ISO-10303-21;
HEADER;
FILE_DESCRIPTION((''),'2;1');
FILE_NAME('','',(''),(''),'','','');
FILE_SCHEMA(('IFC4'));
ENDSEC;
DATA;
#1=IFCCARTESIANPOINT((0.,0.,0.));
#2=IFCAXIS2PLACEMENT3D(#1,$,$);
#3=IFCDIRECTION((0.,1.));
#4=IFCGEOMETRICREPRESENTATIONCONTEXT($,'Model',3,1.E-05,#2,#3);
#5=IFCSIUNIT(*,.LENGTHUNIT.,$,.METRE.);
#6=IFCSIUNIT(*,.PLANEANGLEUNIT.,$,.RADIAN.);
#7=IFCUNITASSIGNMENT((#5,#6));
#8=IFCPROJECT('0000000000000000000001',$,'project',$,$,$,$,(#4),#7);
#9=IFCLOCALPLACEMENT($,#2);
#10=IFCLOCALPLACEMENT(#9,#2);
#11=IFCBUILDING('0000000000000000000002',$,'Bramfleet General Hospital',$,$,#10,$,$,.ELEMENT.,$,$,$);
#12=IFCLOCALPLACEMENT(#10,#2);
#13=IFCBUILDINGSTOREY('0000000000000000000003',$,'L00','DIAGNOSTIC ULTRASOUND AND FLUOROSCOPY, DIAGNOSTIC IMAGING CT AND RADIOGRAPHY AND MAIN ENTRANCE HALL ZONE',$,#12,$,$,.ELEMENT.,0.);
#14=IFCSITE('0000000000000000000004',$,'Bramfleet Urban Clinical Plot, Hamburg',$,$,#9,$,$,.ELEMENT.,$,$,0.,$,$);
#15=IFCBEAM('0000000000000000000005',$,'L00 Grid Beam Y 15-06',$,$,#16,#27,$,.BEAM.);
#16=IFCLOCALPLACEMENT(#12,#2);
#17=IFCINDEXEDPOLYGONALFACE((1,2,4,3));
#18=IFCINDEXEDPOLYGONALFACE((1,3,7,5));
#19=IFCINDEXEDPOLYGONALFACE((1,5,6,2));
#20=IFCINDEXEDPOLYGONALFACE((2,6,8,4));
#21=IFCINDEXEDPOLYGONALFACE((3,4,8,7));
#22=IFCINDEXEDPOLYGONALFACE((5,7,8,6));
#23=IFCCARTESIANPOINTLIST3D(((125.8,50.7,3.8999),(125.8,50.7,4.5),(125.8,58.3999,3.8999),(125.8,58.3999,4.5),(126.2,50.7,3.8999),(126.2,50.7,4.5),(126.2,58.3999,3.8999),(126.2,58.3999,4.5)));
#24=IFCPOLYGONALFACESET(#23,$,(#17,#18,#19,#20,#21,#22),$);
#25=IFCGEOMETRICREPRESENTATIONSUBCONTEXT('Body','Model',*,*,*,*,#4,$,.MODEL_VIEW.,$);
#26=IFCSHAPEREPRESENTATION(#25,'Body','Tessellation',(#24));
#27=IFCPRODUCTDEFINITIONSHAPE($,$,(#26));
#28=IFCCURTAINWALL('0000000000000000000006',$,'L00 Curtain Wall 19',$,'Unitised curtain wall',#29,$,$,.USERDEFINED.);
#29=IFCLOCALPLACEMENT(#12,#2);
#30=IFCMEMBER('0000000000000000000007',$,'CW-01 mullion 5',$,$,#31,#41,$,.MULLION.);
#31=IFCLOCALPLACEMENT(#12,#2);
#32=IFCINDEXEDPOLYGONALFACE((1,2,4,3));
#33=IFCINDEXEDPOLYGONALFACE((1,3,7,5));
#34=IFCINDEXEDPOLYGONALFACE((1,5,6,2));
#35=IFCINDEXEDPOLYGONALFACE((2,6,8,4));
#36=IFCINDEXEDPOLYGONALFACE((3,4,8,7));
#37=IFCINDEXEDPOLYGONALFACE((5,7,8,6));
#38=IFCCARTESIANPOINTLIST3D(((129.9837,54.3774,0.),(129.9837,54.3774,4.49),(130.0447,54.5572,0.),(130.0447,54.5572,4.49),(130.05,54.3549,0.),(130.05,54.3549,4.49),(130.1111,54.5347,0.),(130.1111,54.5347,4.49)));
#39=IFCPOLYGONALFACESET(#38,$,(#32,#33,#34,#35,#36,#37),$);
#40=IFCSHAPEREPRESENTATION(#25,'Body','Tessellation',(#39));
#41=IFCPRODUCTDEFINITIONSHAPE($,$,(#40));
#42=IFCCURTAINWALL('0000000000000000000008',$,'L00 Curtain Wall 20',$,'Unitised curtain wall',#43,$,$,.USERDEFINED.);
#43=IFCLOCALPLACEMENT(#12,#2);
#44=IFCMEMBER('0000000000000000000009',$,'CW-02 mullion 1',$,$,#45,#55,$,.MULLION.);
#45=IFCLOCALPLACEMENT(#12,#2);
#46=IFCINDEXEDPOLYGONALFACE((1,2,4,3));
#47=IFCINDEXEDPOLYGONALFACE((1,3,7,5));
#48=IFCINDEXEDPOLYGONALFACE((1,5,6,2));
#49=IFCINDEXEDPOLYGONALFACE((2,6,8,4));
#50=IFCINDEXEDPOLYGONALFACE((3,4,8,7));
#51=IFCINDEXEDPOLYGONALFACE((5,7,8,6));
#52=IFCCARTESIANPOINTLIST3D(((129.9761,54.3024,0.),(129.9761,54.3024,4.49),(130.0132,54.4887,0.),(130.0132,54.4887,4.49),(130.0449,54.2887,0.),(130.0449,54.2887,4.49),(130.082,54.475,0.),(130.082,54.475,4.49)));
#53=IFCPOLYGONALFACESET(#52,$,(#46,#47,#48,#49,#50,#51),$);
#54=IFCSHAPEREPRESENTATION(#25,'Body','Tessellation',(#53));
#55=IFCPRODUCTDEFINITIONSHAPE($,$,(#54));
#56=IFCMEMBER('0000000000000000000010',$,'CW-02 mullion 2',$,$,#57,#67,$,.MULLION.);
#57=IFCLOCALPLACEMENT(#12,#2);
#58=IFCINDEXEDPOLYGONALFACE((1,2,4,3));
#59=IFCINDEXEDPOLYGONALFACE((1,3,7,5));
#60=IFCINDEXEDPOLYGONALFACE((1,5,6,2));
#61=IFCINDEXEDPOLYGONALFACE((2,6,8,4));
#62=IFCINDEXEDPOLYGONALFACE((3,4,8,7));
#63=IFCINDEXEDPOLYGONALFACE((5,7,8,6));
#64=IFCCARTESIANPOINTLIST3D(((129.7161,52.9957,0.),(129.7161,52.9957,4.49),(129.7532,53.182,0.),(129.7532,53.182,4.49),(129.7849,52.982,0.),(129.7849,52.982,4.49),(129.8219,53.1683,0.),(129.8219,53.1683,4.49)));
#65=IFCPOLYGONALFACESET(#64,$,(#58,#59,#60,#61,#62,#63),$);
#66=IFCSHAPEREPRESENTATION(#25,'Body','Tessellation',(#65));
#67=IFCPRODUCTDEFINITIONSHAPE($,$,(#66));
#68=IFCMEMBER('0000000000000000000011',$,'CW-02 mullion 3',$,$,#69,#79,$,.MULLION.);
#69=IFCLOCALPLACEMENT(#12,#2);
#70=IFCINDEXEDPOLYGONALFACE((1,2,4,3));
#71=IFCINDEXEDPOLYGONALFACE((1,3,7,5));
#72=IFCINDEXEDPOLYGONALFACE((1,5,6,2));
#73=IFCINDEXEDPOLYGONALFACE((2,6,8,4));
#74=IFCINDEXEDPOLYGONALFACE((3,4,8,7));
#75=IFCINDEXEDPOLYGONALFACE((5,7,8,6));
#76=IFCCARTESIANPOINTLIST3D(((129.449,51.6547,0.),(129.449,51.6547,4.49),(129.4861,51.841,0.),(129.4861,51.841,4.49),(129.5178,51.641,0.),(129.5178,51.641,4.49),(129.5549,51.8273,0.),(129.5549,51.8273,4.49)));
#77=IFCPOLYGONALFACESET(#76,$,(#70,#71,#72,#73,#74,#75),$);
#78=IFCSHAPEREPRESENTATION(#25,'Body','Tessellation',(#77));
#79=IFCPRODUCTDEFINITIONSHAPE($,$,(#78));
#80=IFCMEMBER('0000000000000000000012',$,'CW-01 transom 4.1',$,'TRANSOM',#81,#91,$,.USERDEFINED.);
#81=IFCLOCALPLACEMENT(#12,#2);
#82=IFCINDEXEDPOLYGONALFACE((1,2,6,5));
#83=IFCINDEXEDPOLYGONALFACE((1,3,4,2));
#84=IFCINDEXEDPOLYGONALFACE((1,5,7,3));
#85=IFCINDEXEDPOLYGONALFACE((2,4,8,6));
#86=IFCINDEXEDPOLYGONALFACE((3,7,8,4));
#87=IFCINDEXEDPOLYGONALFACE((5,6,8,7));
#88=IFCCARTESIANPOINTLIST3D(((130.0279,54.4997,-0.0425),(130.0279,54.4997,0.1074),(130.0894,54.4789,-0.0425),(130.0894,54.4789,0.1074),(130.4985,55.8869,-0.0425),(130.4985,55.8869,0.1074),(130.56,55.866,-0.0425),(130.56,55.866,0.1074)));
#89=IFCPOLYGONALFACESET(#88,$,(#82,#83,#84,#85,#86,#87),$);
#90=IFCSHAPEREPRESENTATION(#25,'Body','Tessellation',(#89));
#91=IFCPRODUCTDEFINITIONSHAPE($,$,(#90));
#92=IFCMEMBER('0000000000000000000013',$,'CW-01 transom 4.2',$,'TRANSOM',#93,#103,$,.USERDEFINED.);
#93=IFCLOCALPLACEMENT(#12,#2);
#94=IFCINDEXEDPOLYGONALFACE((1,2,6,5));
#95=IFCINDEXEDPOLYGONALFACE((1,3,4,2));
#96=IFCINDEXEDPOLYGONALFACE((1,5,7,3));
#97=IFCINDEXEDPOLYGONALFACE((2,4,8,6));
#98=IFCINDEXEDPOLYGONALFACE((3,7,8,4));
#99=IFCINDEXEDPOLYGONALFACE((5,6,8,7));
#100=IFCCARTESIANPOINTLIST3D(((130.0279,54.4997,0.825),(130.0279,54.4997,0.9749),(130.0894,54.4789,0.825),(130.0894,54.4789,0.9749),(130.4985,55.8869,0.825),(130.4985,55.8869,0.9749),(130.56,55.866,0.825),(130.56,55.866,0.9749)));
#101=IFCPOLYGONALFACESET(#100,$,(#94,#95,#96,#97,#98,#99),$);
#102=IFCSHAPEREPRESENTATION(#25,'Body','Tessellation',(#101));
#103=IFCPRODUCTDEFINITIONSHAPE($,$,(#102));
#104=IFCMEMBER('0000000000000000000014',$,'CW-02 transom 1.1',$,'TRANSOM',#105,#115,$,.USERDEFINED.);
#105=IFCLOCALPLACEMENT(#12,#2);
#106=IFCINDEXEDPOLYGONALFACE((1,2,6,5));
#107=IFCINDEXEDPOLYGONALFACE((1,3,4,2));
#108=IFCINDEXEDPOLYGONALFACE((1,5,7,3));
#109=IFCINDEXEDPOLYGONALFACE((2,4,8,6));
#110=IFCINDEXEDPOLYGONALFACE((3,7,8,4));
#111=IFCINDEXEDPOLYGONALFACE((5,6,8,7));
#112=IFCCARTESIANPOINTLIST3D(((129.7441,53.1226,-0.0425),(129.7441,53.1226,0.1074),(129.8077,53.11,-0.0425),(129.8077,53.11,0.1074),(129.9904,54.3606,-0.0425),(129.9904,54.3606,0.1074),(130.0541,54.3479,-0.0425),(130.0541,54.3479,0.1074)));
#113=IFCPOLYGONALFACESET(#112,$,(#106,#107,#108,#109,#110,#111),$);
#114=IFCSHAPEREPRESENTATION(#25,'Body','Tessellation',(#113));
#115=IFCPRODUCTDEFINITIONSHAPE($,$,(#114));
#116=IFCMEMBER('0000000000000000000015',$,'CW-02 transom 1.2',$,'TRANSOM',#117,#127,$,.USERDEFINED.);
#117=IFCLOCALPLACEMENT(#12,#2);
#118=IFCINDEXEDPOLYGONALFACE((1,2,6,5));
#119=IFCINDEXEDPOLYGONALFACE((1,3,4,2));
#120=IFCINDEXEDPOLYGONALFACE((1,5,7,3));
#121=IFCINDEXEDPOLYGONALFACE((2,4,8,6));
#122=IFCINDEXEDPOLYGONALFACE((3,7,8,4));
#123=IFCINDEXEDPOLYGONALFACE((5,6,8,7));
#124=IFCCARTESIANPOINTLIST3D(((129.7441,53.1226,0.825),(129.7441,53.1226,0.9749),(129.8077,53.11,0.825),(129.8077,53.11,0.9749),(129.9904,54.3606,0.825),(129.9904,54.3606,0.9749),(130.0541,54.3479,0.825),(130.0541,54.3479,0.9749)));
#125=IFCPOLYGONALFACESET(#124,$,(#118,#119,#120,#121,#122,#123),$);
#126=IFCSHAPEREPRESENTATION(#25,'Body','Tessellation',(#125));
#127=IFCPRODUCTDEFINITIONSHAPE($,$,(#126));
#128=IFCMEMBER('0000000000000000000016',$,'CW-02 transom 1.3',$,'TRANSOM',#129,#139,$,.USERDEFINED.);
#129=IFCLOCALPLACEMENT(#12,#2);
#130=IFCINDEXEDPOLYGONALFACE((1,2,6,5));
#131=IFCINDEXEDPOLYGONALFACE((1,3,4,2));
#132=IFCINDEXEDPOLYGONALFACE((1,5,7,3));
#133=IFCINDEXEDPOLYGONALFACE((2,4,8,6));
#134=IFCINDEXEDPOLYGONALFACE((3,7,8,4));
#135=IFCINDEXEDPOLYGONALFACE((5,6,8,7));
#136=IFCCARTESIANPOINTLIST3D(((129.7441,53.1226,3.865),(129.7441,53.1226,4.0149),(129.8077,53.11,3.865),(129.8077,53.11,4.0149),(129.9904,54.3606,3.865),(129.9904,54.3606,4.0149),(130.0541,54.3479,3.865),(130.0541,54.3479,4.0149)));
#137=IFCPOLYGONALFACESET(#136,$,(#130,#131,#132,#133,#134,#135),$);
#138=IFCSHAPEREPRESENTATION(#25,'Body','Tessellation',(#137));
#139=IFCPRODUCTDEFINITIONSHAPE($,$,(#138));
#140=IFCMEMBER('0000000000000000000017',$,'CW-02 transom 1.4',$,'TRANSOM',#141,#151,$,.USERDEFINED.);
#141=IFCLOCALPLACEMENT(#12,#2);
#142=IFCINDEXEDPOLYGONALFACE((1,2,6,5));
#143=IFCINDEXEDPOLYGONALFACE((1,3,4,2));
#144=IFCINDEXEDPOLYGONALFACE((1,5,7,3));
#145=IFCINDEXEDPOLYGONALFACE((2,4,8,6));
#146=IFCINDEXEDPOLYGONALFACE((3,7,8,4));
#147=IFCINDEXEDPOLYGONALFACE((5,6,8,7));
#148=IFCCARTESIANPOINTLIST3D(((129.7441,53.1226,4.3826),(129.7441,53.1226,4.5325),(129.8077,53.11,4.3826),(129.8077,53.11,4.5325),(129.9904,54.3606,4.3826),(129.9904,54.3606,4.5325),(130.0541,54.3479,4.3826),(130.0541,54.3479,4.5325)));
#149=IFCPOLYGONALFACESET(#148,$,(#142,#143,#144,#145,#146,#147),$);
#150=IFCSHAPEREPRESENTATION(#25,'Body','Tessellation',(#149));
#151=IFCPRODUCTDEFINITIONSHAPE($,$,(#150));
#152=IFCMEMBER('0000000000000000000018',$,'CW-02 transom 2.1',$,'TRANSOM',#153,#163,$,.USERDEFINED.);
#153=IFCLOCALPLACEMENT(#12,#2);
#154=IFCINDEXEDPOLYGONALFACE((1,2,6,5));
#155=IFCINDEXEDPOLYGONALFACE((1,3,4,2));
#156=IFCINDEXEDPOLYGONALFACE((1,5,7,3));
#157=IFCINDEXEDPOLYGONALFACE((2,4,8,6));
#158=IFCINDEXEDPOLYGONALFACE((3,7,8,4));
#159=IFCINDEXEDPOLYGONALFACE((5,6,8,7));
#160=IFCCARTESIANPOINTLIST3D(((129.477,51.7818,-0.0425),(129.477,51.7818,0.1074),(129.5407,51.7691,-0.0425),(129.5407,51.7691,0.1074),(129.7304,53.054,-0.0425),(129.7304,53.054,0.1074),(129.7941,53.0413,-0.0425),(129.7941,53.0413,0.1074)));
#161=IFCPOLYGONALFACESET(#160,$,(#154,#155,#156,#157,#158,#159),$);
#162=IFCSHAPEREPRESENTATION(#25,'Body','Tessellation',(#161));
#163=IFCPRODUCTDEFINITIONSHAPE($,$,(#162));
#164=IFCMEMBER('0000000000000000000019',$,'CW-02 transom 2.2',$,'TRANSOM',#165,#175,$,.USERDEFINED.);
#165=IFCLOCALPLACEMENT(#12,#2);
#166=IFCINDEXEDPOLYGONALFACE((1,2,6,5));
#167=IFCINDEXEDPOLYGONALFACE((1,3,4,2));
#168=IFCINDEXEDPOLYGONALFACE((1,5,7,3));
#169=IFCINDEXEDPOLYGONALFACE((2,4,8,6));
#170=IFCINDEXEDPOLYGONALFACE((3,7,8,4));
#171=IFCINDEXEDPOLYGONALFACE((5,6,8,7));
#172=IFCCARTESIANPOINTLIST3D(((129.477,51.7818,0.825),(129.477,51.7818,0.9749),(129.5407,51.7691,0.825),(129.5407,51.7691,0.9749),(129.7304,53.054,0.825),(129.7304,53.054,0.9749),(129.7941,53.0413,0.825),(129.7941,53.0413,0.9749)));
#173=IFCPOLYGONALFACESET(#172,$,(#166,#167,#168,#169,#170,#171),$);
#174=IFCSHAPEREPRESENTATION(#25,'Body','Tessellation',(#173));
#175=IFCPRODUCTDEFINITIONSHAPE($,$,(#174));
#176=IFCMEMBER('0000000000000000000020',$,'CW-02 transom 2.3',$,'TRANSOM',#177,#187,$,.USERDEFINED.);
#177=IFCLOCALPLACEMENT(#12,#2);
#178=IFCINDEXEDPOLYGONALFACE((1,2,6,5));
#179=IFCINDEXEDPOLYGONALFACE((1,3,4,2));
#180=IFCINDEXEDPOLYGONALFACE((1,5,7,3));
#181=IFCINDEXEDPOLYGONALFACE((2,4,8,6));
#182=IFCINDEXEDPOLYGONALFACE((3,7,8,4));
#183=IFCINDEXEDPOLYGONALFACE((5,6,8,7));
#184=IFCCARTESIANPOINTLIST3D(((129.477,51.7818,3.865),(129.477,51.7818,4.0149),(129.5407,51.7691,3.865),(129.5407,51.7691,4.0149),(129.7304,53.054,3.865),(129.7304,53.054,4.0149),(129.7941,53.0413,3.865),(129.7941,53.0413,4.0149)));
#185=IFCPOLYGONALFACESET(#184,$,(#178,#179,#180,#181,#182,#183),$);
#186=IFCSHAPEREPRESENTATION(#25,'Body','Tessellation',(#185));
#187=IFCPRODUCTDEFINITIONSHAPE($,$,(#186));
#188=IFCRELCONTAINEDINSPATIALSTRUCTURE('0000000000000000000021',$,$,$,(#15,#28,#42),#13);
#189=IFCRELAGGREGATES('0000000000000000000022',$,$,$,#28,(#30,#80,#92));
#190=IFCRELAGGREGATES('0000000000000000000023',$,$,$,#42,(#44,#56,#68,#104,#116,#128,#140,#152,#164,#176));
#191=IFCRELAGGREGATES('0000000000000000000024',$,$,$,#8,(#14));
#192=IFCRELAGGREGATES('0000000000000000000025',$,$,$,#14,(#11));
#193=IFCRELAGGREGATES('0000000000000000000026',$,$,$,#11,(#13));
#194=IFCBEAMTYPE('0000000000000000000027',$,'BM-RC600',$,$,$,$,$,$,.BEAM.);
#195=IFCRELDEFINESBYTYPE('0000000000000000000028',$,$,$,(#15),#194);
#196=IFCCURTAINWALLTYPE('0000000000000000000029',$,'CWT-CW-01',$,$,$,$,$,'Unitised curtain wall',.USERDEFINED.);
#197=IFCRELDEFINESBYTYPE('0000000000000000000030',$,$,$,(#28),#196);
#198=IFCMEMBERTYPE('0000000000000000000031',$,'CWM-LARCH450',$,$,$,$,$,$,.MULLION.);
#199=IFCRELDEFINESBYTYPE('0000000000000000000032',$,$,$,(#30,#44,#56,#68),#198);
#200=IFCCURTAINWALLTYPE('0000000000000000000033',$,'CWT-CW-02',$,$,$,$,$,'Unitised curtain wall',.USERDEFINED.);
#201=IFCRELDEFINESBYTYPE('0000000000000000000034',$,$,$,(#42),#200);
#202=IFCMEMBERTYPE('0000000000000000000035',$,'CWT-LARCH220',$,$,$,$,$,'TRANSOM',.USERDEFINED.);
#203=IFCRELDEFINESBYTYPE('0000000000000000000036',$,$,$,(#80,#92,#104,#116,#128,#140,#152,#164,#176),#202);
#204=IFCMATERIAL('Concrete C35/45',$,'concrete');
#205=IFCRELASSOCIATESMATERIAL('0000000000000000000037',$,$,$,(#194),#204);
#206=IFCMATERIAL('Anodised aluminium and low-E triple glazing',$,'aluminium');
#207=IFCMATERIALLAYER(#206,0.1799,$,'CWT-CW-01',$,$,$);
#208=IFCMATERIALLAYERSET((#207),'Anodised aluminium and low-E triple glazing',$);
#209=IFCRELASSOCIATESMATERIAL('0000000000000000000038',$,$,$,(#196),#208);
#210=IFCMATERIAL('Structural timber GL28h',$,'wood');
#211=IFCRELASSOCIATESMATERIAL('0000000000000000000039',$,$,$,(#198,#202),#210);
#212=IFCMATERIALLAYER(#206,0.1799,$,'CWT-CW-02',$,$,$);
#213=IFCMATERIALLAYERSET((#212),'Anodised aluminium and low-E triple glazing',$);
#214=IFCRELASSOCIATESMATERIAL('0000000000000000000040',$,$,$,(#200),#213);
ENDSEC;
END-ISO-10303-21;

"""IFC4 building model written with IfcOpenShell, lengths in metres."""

from ifc_helpers import new_model, si_unit, direction, frame, origin, origin_2d, place, context, subcontext, project, spatial, rectangle, extrude, material, layer, layer_set, material_profile, profile_set, type_object, element, aggregate, save


model = new_model("IFC4")

# Units and contexts
model_context = context("Model", 3, precision=1e-05, world=origin(), true_north=direction((0.0, 1.0)))
body_context = subcontext(model_context, "Body", "Model", "MODEL_VIEW")
ifc_project = project(units=[si_unit("LENGTHUNIT", "METRE"), si_unit("PLANEANGLEUNIT", "RADIAN")], contexts=[model_context])

# Site, building, storey
site_placement = place(None, origin())
site = spatial("IfcSite", under=ifc_project, at=site_placement, Name="Bramfleet Urban Clinical Plot, Hamburg", CompositionType="ELEMENT", RefElevation=0.0)
building_placement = place(site_placement, origin())
building = spatial("IfcBuilding", under=site, at=building_placement, Name="Bramfleet General Hospital", CompositionType="ELEMENT")
storey_placement = place(building_placement, origin())
storey = spatial("IfcBuildingStorey", under=building, at=storey_placement, Name="L00", Description="DIAGNOSTIC ULTRASOUND AND FLUOROSCOPY, DIAGNOSTIC IMAGING CT AND RADIOGRAPHY AND MAIN ENTRANCE HALL ZONE", CompositionType="ELEMENT", Elevation=0.0)

# Beam
ifc_material_1 = material(Name="Concrete C35/45", Category="concrete")
ifc_material_profile_1 = material_profile(ifc_material_1, rectangle(XDim=0.3999, YDim=0.6001, at=origin_2d()), Name="RC BM 600x400")
ifc_profile_set_1 = profile_set([ifc_material_profile_1], Name="Concrete C35/45")
beam_type = type_object("IfcBeamType", Name="BM-RC600", PredefinedType="BEAM", material=ifc_profile_set_1)
beam_placement = place(storey_placement, frame((126.0, 50.7, 4.2), z_axis=(0.0, 1.0, 0.0), x_axis=(-1.0, 0.0, 0.0)))
element("IfcBeam", 1, at=beam_placement, inside=storey, type_object=beam_type, Name="L00 Grid Beam Y 15-06", PredefinedType="BEAM", context=body_context, shape_type="SweptSolid", body=[
    extrude(rectangle(XDim=0.3999, YDim=0.6001, at=origin_2d()), origin(), (0.0, 0.0, 1.0), 7.7),
])

# Curtain wall, member
ifc_material_2 = material(Name="Anodised aluminium and low-E triple glazing", Category="aluminium")
ifc_layer_1 = layer(ifc_material_2, 0.1799, Name="CWT-CW-01")
ifc_layer_set_1 = layer_set([ifc_layer_1], Name="Anodised aluminium and low-E triple glazing")
curtain_wall_type_1 = type_object("IfcCurtainWallType", Name="CWT-CW-01", ElementType="Unitised curtain wall", PredefinedType="USERDEFINED", material=ifc_layer_set_1)
curtain_wall_1_placement = place(storey_placement, origin())
curtain_wall_1 = element("IfcCurtainWall", 2, at=curtain_wall_1_placement, inside=storey, type_object=curtain_wall_type_1, Name="L00 Curtain Wall 19", ObjectType="Unitised curtain wall", PredefinedType="USERDEFINED")
ifc_material_3 = material(Name="Structural timber GL28h", Category="wood")
ifc_material_profile_2 = material_profile(ifc_material_3, rectangle(XDim=0.0701, YDim=0.1899, at=origin_2d()), Name="LARCH 190x70")
ifc_profile_set_2 = profile_set([ifc_material_profile_2], Name="Structural timber GL28h")
member_type_1 = type_object("IfcMemberType", Name="CWM-LARCH450", PredefinedType="MULLION", material=ifc_profile_set_2)
member_1_placement = place(storey_placement, frame((130.0474, 54.4561, 0.0), z_axis=(0.0, 0.0, 1.0), x_axis=(0.946949, -0.321383, 0.0)))
member_1 = element("IfcMember", 3, at=member_1_placement, type_object=member_type_1, Name="CW-01 mullion 5", PredefinedType="MULLION", context=body_context, shape_type="SweptSolid", body=[
    extrude(rectangle(XDim=0.0701, YDim=0.1899, at=origin_2d()), origin(), (0.0, 0.0, 1.0), 4.49),
])

# Curtain wall, members
ifc_layer_2 = layer(ifc_material_2, 0.1799, Name="CWT-CW-02")
ifc_layer_set_2 = layer_set([ifc_layer_2], Name="Anodised aluminium and low-E triple glazing")
curtain_wall_type_2 = type_object("IfcCurtainWallType", Name="CWT-CW-02", ElementType="Unitised curtain wall", PredefinedType="USERDEFINED", material=ifc_layer_set_2)
curtain_wall_2_placement = place(storey_placement, origin())
curtain_wall_2 = element("IfcCurtainWall", 4, at=curtain_wall_2_placement, inside=storey, type_object=curtain_wall_type_2, Name="L00 Curtain Wall 20", ObjectType="Unitised curtain wall", PredefinedType="USERDEFINED")
member_2_placement = place(storey_placement, frame((130.0291, 54.3887, 0.0), z_axis=(0.0, 0.0, 1.0), x_axis=(0.980749, -0.195272, 0.0)))
member_2 = element("IfcMember", 5, at=member_2_placement, type_object=member_type_1, Name="CW-02 mullion 1", PredefinedType="MULLION", context=body_context, shape_type="SweptSolid", body=[
    extrude(rectangle(XDim=0.0701, YDim=0.1899, at=origin_2d()), origin(), (0.0, 0.0, 1.0), 4.49),
])
member_3_placement = place(storey_placement, frame((129.769, 53.082, 0.0), z_axis=(0.0, 0.0, 1.0), x_axis=(0.980749, -0.195272, 0.0)))
member_3 = element("IfcMember", 6, at=member_3_placement, type_object=member_type_1, Name="CW-02 mullion 2", PredefinedType="MULLION", context=body_context, shape_type="SweptSolid", body=[
    extrude(rectangle(XDim=0.0701, YDim=0.1899, at=origin_2d()), origin(), (0.0, 0.0, 1.0), 4.49),
])
member_4_placement = place(storey_placement, frame((129.502, 51.741, 0.0), z_axis=(0.0, 0.0, 1.0), x_axis=(0.980749, -0.195272, 0.0)))
member_4 = element("IfcMember", 7, at=member_4_placement, type_object=member_type_1, Name="CW-02 mullion 3", PredefinedType="MULLION", context=body_context, shape_type="SweptSolid", body=[
    extrude(rectangle(XDim=0.0701, YDim=0.1899, at=origin_2d()), origin(), (0.0, 0.0, 1.0), 4.49),
])

# Members
ifc_material_profile_3 = material_profile(ifc_material_3, rectangle(XDim=0.0649, YDim=0.1499, at=origin_2d()), Name="LARCH 150x65")
ifc_profile_set_3 = profile_set([ifc_material_profile_3], Name="Structural timber GL28h")
member_type_2 = type_object("IfcMemberType", Name="CWT-LARCH220", ElementType="TRANSOM", PredefinedType="USERDEFINED", material=ifc_profile_set_3)
member_5_placement = place(storey_placement, frame((130.5293, 55.8765, 0.0325), z_axis=(-0.321323, -0.94697, 0.0), x_axis=(0.94697, -0.321323, 0.0)))
member_5 = element("IfcMember", 8, at=member_5_placement, type_object=member_type_2, Name="CW-01 transom 4.1", ObjectType="TRANSOM", PredefinedType="USERDEFINED", context=body_context, shape_type="SweptSolid", body=[
    extrude(rectangle(XDim=0.0649, YDim=0.1499, at=origin_2d()), origin(), (0.0, 0.0, 1.0), 1.4648),
])
member_6_placement = place(storey_placement, frame((130.5293, 55.8765, 0.8999), z_axis=(-0.321323, -0.94697, 0.0), x_axis=(0.94697, -0.321323, 0.0)))
member_6 = element("IfcMember", 9, at=member_6_placement, type_object=member_type_2, Name="CW-01 transom 4.2", ObjectType="TRANSOM", PredefinedType="USERDEFINED", context=body_context, shape_type="SweptSolid", body=[
    extrude(rectangle(XDim=0.0649, YDim=0.1499, at=origin_2d()), origin(), (0.0, 0.0, 1.0), 1.4648),
])
member_7_placement = place(storey_placement, frame((130.0222, 54.3542, 0.0325), z_axis=(-0.195149, -0.980774, 0.0), x_axis=(0.980774, -0.195149, 0.0)))
member_7 = element("IfcMember", 10, at=member_7_placement, type_object=member_type_2, Name="CW-02 transom 1.1", ObjectType="TRANSOM", PredefinedType="USERDEFINED", context=body_context, shape_type="SweptSolid", body=[
    extrude(rectangle(XDim=0.0649, YDim=0.1499, at=origin_2d()), origin(), (0.0, 0.0, 1.0), 1.2622),
])
member_8_placement = place(storey_placement, frame((130.0222, 54.3542, 0.8999), z_axis=(-0.195149, -0.980774, 0.0), x_axis=(0.980774, -0.195149, 0.0)))
member_8 = element("IfcMember", 11, at=member_8_placement, type_object=member_type_2, Name="CW-02 transom 1.2", ObjectType="TRANSOM", PredefinedType="USERDEFINED", context=body_context, shape_type="SweptSolid", body=[
    extrude(rectangle(XDim=0.0649, YDim=0.1499, at=origin_2d()), origin(), (0.0, 0.0, 1.0), 1.2622),
])
member_9_placement = place(storey_placement, frame((130.0222, 54.3542, 3.9399), z_axis=(-0.195149, -0.980774, 0.0), x_axis=(0.980774, -0.195149, 0.0)))
member_9 = element("IfcMember", 12, at=member_9_placement, type_object=member_type_2, Name="CW-02 transom 1.3", ObjectType="TRANSOM", PredefinedType="USERDEFINED", context=body_context, shape_type="SweptSolid", body=[
    extrude(rectangle(XDim=0.0649, YDim=0.1499, at=origin_2d()), origin(), (0.0, 0.0, 1.0), 1.2622),
])
member_10_placement = place(storey_placement, frame((130.0222, 54.3542, 4.4575), z_axis=(-0.195149, -0.980774, 0.0), x_axis=(0.980774, -0.195149, 0.0)))
member_10 = element("IfcMember", 13, at=member_10_placement, type_object=member_type_2, Name="CW-02 transom 1.4", ObjectType="TRANSOM", PredefinedType="USERDEFINED", context=body_context, shape_type="SweptSolid", body=[
    extrude(rectangle(XDim=0.0649, YDim=0.1499, at=origin_2d()), origin(), (0.0, 0.0, 1.0), 1.2622),
])
member_11_placement = place(storey_placement, frame((129.7622, 53.0476, 0.0325), z_axis=(-0.195356, -0.980732, 0.0), x_axis=(0.980732, -0.195356, 0.0)))
member_11 = element("IfcMember", 14, at=member_11_placement, type_object=member_type_2, Name="CW-02 transom 2.1", ObjectType="TRANSOM", PredefinedType="USERDEFINED", context=body_context, shape_type="SweptSolid", body=[
    extrude(rectangle(XDim=0.0649, YDim=0.1499, at=origin_2d()), origin(), (0.0, 0.0, 1.0), 1.2971),
])
member_12_placement = place(storey_placement, frame((129.7622, 53.0476, 0.8999), z_axis=(-0.195356, -0.980732, 0.0), x_axis=(0.980732, -0.195356, 0.0)))
member_12 = element("IfcMember", 15, at=member_12_placement, type_object=member_type_2, Name="CW-02 transom 2.2", ObjectType="TRANSOM", PredefinedType="USERDEFINED", context=body_context, shape_type="SweptSolid", body=[
    extrude(rectangle(XDim=0.0649, YDim=0.1499, at=origin_2d()), origin(), (0.0, 0.0, 1.0), 1.2971),
])
member_13_placement = place(storey_placement, frame((129.7622, 53.0476, 3.9399), z_axis=(-0.195356, -0.980732, 0.0), x_axis=(0.980732, -0.195356, 0.0)))
member_13 = element("IfcMember", 16, at=member_13_placement, type_object=member_type_2, Name="CW-02 transom 2.3", ObjectType="TRANSOM", PredefinedType="USERDEFINED", context=body_context, shape_type="SweptSolid", body=[
    extrude(rectangle(XDim=0.0649, YDim=0.1499, at=origin_2d()), origin(), (0.0, 0.0, 1.0), 1.2971),
])

aggregate(curtain_wall_1, [member_1, member_5, member_6])
aggregate(curtain_wall_2, [member_2, member_3, member_4, member_7, member_8, member_9, member_10, member_11, member_12, member_13])

save(model, "model.ifc")
